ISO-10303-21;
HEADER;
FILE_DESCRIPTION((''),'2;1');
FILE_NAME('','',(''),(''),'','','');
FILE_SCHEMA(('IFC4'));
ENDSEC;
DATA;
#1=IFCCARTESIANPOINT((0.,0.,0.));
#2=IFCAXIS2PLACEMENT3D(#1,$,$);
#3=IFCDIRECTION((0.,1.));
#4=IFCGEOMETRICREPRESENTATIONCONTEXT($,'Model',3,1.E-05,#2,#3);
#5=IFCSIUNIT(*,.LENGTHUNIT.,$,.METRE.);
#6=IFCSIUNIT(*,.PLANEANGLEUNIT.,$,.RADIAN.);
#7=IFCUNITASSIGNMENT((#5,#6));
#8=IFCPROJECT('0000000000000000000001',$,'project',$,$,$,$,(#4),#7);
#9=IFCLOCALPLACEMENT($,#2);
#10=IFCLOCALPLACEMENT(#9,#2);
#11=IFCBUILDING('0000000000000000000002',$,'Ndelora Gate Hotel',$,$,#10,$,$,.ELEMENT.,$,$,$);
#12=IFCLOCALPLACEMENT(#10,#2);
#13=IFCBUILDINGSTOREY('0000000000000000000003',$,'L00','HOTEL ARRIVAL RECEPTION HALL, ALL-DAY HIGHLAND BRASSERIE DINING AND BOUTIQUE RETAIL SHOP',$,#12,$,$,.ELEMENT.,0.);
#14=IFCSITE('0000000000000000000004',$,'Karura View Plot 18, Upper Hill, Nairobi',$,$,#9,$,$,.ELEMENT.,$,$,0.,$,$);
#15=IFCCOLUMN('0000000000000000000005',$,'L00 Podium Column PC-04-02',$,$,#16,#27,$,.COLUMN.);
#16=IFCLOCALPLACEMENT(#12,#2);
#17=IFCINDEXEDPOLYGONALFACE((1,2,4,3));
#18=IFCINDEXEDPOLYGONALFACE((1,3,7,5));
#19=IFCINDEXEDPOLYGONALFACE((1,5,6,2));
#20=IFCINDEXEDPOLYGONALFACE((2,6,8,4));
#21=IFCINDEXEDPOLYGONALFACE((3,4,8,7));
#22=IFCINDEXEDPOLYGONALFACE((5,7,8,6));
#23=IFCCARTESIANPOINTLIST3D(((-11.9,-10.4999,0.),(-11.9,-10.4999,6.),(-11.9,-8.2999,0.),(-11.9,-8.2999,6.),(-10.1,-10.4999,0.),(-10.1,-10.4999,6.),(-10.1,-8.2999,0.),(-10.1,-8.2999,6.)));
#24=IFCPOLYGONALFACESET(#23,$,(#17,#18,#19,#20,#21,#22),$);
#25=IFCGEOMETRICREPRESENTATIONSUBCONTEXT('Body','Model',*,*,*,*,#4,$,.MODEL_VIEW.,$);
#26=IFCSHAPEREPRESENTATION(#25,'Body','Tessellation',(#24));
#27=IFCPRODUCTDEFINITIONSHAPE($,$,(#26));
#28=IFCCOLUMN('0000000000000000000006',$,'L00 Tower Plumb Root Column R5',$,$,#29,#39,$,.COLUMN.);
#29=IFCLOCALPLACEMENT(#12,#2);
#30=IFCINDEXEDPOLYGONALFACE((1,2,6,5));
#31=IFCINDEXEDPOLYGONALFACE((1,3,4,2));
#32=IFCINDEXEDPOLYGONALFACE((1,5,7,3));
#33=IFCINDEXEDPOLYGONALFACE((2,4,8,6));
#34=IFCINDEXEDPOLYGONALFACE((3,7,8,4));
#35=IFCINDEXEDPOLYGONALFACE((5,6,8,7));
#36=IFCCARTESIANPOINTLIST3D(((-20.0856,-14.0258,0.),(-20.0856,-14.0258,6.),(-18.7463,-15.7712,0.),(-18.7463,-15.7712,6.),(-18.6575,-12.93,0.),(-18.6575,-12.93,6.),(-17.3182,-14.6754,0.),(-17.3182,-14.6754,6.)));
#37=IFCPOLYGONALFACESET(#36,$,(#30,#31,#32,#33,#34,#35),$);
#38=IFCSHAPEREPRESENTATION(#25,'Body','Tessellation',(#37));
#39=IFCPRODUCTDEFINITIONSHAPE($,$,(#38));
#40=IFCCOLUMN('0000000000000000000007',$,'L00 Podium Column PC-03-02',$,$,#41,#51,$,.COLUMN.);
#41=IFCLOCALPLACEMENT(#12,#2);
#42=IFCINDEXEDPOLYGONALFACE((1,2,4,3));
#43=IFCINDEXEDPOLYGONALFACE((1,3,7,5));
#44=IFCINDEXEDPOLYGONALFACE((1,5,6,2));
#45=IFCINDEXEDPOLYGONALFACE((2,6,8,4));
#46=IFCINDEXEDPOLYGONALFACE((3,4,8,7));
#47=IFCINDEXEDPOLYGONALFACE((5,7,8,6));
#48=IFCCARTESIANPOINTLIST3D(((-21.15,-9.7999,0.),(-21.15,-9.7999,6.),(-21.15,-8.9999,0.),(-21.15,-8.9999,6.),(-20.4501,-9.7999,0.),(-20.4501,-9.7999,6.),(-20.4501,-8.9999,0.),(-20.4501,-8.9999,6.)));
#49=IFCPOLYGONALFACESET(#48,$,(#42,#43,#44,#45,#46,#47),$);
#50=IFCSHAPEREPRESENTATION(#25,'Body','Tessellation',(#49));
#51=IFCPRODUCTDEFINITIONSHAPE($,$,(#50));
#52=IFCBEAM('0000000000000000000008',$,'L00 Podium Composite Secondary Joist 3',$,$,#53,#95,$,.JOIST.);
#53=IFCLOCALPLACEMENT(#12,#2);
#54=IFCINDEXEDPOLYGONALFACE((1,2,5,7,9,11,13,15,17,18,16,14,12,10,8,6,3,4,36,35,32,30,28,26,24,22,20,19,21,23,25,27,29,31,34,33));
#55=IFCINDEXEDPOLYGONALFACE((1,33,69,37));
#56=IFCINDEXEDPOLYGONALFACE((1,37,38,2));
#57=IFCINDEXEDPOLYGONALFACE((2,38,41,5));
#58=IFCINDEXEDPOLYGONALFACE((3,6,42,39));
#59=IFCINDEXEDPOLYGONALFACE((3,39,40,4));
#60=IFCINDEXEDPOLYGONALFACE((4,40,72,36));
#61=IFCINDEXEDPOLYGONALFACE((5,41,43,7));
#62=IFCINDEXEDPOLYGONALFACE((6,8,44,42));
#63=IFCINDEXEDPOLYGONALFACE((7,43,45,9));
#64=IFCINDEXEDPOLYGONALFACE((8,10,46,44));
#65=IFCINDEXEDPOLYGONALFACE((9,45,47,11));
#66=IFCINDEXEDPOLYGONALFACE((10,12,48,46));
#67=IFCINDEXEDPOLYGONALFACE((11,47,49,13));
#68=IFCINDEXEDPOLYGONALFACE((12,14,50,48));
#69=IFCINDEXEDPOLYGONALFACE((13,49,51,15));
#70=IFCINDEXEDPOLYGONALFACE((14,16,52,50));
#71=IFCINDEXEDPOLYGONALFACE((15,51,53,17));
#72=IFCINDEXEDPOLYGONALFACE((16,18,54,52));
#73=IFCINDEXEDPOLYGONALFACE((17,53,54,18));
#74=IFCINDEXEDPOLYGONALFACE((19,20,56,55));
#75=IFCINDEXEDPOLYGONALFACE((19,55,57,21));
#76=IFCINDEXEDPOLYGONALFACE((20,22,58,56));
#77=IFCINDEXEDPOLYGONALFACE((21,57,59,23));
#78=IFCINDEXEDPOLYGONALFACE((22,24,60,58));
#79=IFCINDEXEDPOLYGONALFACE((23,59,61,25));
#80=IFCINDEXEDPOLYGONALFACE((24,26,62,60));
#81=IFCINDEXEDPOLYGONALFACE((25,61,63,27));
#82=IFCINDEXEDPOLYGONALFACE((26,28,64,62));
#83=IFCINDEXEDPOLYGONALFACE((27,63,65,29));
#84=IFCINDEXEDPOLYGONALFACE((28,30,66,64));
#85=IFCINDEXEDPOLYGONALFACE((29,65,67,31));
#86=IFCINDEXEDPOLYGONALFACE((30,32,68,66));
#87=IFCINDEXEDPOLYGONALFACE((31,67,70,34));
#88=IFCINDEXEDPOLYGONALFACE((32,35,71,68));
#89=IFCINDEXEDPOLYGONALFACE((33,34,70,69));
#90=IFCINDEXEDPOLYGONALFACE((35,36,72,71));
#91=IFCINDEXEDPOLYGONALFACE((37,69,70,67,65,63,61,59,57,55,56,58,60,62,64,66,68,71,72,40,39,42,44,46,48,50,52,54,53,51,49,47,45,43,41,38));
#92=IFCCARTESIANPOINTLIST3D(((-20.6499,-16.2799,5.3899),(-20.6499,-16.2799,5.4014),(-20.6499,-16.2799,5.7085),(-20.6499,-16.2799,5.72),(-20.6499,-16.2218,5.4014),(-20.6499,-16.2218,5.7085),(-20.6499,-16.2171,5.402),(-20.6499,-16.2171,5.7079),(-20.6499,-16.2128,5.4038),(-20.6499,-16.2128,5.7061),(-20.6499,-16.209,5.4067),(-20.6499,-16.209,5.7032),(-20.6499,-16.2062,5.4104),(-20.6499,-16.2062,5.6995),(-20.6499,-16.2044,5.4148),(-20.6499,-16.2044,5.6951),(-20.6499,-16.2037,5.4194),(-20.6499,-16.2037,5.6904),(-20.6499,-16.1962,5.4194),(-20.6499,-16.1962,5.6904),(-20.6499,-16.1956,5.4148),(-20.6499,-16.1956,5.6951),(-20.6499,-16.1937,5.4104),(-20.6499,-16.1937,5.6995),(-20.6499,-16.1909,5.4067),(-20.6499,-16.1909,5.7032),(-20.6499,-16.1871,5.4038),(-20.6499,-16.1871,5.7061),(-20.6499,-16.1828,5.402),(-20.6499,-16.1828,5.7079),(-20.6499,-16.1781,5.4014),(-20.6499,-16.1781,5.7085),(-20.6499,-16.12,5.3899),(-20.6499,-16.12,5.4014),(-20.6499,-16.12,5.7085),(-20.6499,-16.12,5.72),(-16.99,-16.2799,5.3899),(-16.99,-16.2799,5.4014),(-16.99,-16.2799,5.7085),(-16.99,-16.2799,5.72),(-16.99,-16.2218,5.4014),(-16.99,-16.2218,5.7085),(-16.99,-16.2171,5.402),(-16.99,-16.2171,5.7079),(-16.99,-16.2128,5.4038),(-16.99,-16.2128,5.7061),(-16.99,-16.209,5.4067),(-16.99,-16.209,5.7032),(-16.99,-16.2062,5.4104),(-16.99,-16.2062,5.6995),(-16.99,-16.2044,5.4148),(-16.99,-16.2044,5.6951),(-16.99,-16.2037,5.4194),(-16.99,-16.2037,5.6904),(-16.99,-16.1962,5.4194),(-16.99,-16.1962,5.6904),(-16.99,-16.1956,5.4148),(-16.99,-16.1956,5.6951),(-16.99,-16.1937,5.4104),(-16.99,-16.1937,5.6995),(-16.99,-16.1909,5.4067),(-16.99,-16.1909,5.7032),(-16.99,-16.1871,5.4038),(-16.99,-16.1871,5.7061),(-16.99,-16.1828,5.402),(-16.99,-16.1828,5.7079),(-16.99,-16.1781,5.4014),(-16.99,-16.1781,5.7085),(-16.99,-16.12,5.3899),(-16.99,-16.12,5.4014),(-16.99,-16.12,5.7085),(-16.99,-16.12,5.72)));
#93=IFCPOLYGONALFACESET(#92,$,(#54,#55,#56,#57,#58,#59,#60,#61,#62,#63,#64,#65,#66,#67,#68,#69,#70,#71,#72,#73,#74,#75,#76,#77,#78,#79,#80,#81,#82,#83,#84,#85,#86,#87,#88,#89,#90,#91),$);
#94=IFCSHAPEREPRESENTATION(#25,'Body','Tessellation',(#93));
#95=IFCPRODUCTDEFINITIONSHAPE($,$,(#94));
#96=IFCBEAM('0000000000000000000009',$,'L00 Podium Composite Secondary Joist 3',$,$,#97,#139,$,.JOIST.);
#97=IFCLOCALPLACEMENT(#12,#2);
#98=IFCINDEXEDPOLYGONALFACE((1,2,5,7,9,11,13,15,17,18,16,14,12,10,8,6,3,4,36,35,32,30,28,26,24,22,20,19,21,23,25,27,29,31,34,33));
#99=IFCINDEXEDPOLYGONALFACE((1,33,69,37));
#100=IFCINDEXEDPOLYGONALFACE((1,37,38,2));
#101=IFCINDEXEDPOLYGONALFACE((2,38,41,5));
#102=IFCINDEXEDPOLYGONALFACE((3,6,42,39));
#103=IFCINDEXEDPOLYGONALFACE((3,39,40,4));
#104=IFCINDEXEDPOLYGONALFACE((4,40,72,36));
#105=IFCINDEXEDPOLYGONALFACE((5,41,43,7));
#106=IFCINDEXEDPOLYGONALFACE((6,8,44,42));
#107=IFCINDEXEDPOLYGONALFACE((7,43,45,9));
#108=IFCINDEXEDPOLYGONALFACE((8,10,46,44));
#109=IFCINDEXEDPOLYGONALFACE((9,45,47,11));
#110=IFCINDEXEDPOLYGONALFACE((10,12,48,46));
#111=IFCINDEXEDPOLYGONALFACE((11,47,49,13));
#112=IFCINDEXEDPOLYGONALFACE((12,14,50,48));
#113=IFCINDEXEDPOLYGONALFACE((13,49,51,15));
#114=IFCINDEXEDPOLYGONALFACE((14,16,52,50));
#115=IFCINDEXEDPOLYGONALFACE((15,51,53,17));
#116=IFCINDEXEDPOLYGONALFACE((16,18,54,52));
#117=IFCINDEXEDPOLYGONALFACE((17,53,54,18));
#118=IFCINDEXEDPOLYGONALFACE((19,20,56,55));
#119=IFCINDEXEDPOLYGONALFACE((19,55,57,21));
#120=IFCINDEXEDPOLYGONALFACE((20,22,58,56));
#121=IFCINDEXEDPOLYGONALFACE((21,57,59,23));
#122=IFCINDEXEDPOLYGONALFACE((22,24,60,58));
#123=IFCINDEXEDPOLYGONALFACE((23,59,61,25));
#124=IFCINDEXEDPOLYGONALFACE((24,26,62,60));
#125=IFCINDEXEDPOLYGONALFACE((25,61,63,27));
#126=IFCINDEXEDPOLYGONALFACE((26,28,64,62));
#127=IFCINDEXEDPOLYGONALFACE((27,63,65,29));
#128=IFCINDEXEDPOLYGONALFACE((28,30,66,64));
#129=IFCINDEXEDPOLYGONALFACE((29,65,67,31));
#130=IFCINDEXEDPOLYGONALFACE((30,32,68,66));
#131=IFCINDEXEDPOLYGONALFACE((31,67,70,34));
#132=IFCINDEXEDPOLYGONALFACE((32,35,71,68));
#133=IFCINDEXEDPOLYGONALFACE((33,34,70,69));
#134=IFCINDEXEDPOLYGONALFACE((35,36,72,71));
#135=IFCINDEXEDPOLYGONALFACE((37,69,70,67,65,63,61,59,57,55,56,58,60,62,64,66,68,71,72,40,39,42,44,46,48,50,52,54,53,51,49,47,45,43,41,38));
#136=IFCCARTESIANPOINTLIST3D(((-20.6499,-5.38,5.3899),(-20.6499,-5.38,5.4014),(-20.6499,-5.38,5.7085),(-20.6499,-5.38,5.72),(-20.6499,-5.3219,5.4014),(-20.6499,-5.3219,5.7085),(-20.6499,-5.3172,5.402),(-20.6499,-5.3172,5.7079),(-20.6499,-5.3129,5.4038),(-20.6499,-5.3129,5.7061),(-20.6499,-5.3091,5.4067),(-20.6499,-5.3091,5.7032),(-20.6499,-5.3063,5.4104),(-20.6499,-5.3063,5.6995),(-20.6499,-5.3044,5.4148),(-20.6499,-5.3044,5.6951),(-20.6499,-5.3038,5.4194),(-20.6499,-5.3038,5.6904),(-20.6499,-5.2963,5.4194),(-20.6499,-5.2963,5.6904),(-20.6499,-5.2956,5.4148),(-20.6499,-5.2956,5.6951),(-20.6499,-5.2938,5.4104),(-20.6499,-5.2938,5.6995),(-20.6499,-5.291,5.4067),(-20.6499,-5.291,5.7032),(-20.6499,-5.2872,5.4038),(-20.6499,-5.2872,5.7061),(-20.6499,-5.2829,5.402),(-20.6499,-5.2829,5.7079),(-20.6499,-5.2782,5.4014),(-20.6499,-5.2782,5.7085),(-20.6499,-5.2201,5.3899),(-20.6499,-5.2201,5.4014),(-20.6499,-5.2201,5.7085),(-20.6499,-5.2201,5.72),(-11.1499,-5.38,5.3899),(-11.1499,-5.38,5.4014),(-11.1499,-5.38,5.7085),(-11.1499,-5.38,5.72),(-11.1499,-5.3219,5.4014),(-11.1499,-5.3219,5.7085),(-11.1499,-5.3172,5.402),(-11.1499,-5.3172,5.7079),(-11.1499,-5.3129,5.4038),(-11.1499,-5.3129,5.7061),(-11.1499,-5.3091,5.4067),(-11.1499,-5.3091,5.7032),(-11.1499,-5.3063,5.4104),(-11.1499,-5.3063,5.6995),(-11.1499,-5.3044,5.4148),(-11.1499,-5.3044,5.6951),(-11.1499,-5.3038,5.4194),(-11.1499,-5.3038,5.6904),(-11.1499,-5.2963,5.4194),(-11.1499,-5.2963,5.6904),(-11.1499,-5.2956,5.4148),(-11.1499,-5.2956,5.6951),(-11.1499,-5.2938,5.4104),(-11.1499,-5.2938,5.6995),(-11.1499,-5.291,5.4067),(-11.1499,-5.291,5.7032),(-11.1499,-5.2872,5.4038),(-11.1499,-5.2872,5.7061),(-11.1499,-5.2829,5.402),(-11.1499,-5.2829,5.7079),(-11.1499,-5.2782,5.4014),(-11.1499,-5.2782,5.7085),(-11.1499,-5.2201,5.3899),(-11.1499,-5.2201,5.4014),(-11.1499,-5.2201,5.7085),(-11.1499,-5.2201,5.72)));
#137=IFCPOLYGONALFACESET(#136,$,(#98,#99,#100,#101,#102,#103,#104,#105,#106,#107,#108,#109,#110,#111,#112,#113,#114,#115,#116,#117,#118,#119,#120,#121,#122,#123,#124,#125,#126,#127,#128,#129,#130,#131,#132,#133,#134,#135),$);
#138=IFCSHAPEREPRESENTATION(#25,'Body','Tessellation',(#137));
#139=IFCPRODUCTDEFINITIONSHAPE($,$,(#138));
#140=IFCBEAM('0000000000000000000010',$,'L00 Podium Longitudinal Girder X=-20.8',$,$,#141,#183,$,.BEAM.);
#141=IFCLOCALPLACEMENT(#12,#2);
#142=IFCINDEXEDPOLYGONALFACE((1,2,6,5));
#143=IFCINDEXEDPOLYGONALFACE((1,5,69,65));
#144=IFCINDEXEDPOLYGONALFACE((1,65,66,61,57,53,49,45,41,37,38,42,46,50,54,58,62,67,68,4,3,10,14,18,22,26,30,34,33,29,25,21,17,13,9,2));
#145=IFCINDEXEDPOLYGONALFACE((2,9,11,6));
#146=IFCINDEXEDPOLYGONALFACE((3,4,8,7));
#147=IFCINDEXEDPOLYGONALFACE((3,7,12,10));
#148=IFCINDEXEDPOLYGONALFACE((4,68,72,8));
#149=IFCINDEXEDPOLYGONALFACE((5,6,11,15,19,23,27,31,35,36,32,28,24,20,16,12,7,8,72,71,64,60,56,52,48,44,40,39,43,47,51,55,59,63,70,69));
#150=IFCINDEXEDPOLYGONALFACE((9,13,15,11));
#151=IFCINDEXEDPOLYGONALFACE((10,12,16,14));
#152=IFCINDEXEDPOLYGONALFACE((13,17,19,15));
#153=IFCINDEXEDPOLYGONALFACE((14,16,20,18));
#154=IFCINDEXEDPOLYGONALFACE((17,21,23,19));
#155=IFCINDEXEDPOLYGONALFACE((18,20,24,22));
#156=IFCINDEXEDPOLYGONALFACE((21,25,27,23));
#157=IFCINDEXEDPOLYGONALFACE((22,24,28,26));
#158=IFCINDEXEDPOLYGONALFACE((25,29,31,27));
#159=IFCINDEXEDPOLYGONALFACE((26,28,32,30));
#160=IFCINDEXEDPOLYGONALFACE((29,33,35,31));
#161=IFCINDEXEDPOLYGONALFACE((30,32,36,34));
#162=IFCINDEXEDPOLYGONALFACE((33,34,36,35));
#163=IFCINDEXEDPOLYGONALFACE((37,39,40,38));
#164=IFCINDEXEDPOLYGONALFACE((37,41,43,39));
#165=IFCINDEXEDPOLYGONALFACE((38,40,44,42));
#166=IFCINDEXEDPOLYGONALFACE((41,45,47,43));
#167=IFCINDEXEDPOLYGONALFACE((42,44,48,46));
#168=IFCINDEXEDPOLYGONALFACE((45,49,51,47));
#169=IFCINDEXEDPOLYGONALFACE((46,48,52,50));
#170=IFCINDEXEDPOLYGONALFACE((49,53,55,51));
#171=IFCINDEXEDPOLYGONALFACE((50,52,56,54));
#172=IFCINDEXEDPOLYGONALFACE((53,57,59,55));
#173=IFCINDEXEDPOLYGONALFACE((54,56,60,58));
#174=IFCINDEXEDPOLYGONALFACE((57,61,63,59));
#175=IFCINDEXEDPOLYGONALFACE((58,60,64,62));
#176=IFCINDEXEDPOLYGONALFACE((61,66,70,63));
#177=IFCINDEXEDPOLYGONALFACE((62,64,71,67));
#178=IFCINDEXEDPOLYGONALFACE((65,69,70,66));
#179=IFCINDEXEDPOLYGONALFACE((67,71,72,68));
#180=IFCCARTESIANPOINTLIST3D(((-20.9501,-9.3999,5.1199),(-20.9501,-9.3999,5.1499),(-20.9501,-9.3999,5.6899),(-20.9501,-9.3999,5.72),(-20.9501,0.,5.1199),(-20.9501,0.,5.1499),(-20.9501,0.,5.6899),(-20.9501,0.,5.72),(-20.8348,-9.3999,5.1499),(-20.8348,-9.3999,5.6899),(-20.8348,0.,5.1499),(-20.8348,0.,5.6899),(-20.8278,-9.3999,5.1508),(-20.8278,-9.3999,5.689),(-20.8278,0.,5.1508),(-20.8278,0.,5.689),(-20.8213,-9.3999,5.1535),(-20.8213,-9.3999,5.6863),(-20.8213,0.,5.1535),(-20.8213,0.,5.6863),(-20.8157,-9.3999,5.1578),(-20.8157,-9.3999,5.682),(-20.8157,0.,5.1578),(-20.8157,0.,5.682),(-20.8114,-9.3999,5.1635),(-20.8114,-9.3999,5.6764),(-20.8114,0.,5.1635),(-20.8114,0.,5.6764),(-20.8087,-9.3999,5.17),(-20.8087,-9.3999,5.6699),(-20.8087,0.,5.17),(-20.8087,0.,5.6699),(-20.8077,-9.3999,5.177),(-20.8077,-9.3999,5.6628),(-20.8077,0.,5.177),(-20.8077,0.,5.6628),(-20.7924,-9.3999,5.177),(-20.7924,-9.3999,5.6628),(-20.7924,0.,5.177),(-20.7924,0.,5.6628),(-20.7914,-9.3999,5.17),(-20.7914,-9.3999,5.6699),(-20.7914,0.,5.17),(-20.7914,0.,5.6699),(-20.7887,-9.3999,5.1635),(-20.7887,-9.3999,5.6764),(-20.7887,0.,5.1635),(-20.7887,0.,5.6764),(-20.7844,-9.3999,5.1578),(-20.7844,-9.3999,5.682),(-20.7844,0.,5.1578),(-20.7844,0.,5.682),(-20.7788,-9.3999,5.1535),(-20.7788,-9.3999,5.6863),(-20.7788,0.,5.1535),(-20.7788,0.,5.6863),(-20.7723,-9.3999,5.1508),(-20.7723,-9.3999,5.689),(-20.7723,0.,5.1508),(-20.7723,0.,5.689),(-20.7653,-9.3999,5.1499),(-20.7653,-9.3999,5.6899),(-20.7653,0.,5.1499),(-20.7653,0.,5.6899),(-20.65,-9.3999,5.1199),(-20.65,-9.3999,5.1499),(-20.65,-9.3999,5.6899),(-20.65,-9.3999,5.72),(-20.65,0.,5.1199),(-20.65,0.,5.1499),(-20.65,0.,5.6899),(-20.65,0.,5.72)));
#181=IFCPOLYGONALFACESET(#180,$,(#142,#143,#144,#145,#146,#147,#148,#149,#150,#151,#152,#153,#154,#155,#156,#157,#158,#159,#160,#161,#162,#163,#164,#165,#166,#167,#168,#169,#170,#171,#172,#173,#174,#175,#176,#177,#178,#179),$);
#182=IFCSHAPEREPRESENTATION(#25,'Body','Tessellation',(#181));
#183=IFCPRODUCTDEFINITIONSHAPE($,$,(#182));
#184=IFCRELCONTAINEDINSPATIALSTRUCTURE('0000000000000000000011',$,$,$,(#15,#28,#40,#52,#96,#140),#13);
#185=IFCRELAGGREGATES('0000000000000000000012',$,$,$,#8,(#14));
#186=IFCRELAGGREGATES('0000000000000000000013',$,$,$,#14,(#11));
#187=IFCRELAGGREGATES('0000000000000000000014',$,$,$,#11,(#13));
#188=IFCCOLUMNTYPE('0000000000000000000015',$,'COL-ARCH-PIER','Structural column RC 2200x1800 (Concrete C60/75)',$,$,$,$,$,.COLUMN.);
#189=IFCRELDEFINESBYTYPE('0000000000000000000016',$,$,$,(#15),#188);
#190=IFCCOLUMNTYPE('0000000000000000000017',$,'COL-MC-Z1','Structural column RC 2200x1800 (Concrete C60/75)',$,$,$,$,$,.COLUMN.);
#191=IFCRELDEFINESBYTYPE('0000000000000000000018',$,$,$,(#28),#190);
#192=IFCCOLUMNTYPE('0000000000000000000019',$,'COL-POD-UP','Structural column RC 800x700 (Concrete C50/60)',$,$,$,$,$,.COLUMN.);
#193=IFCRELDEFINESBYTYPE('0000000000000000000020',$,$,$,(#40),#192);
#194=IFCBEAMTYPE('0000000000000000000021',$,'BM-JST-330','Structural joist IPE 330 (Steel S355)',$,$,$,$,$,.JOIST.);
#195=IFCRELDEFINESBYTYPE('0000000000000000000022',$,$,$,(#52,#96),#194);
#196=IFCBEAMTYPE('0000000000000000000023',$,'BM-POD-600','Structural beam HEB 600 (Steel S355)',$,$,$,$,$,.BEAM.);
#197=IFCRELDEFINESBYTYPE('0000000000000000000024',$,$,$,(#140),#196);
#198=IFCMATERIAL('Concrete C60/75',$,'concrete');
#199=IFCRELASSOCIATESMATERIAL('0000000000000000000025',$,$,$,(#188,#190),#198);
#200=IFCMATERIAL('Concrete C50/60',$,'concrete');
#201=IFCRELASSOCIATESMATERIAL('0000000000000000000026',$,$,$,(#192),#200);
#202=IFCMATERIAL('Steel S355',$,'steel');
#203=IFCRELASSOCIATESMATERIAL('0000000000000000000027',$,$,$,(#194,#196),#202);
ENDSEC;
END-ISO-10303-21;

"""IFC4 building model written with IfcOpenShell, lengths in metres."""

from ifc_helpers import new_model, si_unit, direction, frame, origin, origin_2d, place, context, subcontext, project, spatial, rectangle, i_section, extrude, material, material_profile, profile_set, type_object, element, save


model = new_model("IFC4")

# Units and contexts
model_context = context("Model", 3, precision=1e-05, world=origin(), true_north=direction((0.0, 1.0)))
body_context = subcontext(model_context, "Body", "Model", "MODEL_VIEW")
ifc_project = project(units=[si_unit("LENGTHUNIT", "METRE"), si_unit("PLANEANGLEUNIT", "RADIAN")], contexts=[model_context])

# Site, building, storey
site_placement = place(None, origin())
site = spatial("IfcSite", under=ifc_project, at=site_placement, Name="Karura View Plot 18, Upper Hill, Nairobi", CompositionType="ELEMENT", RefElevation=0.0)
building_placement = place(site_placement, origin())
building = spatial("IfcBuilding", under=site, at=building_placement, Name="Ndelora Gate Hotel", CompositionType="ELEMENT")
storey_placement = place(building_placement, origin())
storey = spatial("IfcBuildingStorey", under=building, at=storey_placement, Name="L00", Description="HOTEL ARRIVAL RECEPTION HALL, ALL-DAY HIGHLAND BRASSERIE DINING AND BOUTIQUE RETAIL SHOP", CompositionType="ELEMENT", Elevation=0.0)

# Columns
ifc_material_1 = material(Name="Concrete C60/75", Category="concrete")
ifc_material_profile_1 = material_profile(ifc_material_1, rectangle(XDim=1.8, YDim=2.2, at=origin_2d()), Name="RC 2200x1800")
ifc_profile_set_1 = profile_set([ifc_material_profile_1], Name="Concrete C60/75")
column_type_1 = type_object("IfcColumnType", Name="COL-ARCH-PIER", Description="Structural column RC 2200x1800 (Concrete C60/75)", PredefinedType="COLUMN", material=ifc_profile_set_1)
column_1_placement = place(storey_placement, frame((-11.0, -9.3999, 0.0), z_axis=(0.0, 0.0, 1.0), x_axis=(1.0, 0.0, 0.0)))
element("IfcColumn", 1, at=column_1_placement, inside=storey, type_object=column_type_1, Name="L00 Podium Column PC-04-02", PredefinedType="COLUMN", context=body_context, shape_type="SweptSolid", body=[
    extrude(rectangle(XDim=1.8, YDim=2.2, at=origin_2d()), origin(), (0.0, 0.0, 1.0), 6.0),
])
ifc_material_profile_2 = material_profile(ifc_material_1, rectangle(XDim=1.8, YDim=2.2, at=origin_2d()), Name="RC 2200x1800")
ifc_profile_set_2 = profile_set([ifc_material_profile_2], Name="Concrete C60/75")
column_type_2 = type_object("IfcColumnType", Name="COL-MC-Z1", Description="Structural column RC 2200x1800 (Concrete C60/75)", PredefinedType="COLUMN", material=ifc_profile_set_2)
column_2_placement = place(storey_placement, frame((-18.7019, -14.3506, 0.0), z_axis=(0.0, 0.0, 1.0), x_axis=(0.793353, 0.608761, 0.0)))
element("IfcColumn", 2, at=column_2_placement, inside=storey, type_object=column_type_2, Name="L00 Tower Plumb Root Column R5", PredefinedType="COLUMN", context=body_context, shape_type="SweptSolid", body=[
    extrude(rectangle(XDim=1.8, YDim=2.2, at=origin_2d()), origin(), (0.0, 0.0, 1.0), 6.0),
])
ifc_material_2 = material(Name="Concrete C50/60", Category="concrete")
ifc_material_profile_3 = material_profile(ifc_material_2, rectangle(XDim=0.7, YDim=0.8, at=origin_2d()), Name="RC 800x700")
ifc_profile_set_3 = profile_set([ifc_material_profile_3], Name="Concrete C50/60")
column_type_3 = type_object("IfcColumnType", Name="COL-POD-UP", Description="Structural column RC 800x700 (Concrete C50/60)", PredefinedType="COLUMN", material=ifc_profile_set_3)
column_3_placement = place(storey_placement, frame((-20.8, -9.3999, 0.0), z_axis=(0.0, 0.0, 1.0), x_axis=(1.0, 0.0, 0.0)))
element("IfcColumn", 3, at=column_3_placement, inside=storey, type_object=column_type_3, Name="L00 Podium Column PC-03-02", PredefinedType="COLUMN", context=body_context, shape_type="SweptSolid", body=[
    extrude(rectangle(XDim=0.7, YDim=0.8, at=origin_2d()), origin(), (0.0, 0.0, 1.0), 6.0),
])

# Beams
ifc_material_3 = material(Name="Steel S355", Category="steel")
ifc_material_profile_4 = material_profile(ifc_material_3, i_section(OverallWidth=0.1599, OverallDepth=0.3301, WebThickness=0.0076, FlangeThickness=0.0115, FilletRadius=0.0181, at=origin_2d()), Name="IPE 330")
ifc_profile_set_4 = profile_set([ifc_material_profile_4], Name="Steel S355")
beam_type_1 = type_object("IfcBeamType", Name="BM-JST-330", Description="Structural joist IPE 330 (Steel S355)", PredefinedType="JOIST", material=ifc_profile_set_4)
beam_1_placement = place(storey_placement, frame((-20.6499, -16.2, 5.5549), z_axis=(1.0, 0.0, 0.0), x_axis=(0.0, 1.0, 0.0)))
element("IfcBeam", 4, at=beam_1_placement, inside=storey, type_object=beam_type_1, Name="L00 Podium Composite Secondary Joist 3", PredefinedType="JOIST", context=body_context, shape_type="SweptSolid", body=[
    extrude(i_section(OverallWidth=0.1599, OverallDepth=0.3301, WebThickness=0.0076, FlangeThickness=0.0115, FilletRadius=0.0181, at=origin_2d()), origin(), (0.0, 0.0, 1.0), 3.6599),
])
beam_2_placement = place(storey_placement, frame((-20.6499, -5.3, 5.5549), z_axis=(1.0, 0.0, 0.0), x_axis=(0.0, 1.0, 0.0)))
element("IfcBeam", 5, at=beam_2_placement, inside=storey, type_object=beam_type_1, Name="L00 Podium Composite Secondary Joist 3", PredefinedType="JOIST", context=body_context, shape_type="SweptSolid", body=[
    extrude(i_section(OverallWidth=0.1599, OverallDepth=0.3301, WebThickness=0.0076, FlangeThickness=0.0115, FilletRadius=0.0181, at=origin_2d()), origin(), (0.0, 0.0, 1.0), 9.5),
])
ifc_material_profile_5 = material_profile(ifc_material_3, i_section(OverallWidth=0.3, OverallDepth=0.6001, WebThickness=0.0154, FlangeThickness=0.03, FilletRadius=0.0271, at=origin_2d()), Name="HEB 600")
ifc_profile_set_5 = profile_set([ifc_material_profile_5], Name="Steel S355")
beam_type_2 = type_object("IfcBeamType", Name="BM-POD-600", Description="Structural beam HEB 600 (Steel S355)", PredefinedType="BEAM", material=ifc_profile_set_5)
for number, where, z_axis, x_axis, name in (
    (6, (-20.8, -9.3999, 5.4199), (0.0, 1.0, 0.0), (-1.0, 0.0, 0.0), "L00 Podium Longitudinal Girder X=-20.8"),
):
    element("IfcBeam", number, at=place(storey_placement, frame(where, z_axis=z_axis, x_axis=x_axis)), inside=storey, type_object=beam_type_2, Name=name, PredefinedType="BEAM", context=body_context, shape_type="SweptSolid", body=[
        extrude(i_section(OverallWidth=0.3, OverallDepth=0.6001, WebThickness=0.0154, FlangeThickness=0.03, FilletRadius=0.0271, at=origin_2d()), origin(), (0.0, 0.0, 1.0), 9.3999),
    ])

save(model, "model.ifc")
